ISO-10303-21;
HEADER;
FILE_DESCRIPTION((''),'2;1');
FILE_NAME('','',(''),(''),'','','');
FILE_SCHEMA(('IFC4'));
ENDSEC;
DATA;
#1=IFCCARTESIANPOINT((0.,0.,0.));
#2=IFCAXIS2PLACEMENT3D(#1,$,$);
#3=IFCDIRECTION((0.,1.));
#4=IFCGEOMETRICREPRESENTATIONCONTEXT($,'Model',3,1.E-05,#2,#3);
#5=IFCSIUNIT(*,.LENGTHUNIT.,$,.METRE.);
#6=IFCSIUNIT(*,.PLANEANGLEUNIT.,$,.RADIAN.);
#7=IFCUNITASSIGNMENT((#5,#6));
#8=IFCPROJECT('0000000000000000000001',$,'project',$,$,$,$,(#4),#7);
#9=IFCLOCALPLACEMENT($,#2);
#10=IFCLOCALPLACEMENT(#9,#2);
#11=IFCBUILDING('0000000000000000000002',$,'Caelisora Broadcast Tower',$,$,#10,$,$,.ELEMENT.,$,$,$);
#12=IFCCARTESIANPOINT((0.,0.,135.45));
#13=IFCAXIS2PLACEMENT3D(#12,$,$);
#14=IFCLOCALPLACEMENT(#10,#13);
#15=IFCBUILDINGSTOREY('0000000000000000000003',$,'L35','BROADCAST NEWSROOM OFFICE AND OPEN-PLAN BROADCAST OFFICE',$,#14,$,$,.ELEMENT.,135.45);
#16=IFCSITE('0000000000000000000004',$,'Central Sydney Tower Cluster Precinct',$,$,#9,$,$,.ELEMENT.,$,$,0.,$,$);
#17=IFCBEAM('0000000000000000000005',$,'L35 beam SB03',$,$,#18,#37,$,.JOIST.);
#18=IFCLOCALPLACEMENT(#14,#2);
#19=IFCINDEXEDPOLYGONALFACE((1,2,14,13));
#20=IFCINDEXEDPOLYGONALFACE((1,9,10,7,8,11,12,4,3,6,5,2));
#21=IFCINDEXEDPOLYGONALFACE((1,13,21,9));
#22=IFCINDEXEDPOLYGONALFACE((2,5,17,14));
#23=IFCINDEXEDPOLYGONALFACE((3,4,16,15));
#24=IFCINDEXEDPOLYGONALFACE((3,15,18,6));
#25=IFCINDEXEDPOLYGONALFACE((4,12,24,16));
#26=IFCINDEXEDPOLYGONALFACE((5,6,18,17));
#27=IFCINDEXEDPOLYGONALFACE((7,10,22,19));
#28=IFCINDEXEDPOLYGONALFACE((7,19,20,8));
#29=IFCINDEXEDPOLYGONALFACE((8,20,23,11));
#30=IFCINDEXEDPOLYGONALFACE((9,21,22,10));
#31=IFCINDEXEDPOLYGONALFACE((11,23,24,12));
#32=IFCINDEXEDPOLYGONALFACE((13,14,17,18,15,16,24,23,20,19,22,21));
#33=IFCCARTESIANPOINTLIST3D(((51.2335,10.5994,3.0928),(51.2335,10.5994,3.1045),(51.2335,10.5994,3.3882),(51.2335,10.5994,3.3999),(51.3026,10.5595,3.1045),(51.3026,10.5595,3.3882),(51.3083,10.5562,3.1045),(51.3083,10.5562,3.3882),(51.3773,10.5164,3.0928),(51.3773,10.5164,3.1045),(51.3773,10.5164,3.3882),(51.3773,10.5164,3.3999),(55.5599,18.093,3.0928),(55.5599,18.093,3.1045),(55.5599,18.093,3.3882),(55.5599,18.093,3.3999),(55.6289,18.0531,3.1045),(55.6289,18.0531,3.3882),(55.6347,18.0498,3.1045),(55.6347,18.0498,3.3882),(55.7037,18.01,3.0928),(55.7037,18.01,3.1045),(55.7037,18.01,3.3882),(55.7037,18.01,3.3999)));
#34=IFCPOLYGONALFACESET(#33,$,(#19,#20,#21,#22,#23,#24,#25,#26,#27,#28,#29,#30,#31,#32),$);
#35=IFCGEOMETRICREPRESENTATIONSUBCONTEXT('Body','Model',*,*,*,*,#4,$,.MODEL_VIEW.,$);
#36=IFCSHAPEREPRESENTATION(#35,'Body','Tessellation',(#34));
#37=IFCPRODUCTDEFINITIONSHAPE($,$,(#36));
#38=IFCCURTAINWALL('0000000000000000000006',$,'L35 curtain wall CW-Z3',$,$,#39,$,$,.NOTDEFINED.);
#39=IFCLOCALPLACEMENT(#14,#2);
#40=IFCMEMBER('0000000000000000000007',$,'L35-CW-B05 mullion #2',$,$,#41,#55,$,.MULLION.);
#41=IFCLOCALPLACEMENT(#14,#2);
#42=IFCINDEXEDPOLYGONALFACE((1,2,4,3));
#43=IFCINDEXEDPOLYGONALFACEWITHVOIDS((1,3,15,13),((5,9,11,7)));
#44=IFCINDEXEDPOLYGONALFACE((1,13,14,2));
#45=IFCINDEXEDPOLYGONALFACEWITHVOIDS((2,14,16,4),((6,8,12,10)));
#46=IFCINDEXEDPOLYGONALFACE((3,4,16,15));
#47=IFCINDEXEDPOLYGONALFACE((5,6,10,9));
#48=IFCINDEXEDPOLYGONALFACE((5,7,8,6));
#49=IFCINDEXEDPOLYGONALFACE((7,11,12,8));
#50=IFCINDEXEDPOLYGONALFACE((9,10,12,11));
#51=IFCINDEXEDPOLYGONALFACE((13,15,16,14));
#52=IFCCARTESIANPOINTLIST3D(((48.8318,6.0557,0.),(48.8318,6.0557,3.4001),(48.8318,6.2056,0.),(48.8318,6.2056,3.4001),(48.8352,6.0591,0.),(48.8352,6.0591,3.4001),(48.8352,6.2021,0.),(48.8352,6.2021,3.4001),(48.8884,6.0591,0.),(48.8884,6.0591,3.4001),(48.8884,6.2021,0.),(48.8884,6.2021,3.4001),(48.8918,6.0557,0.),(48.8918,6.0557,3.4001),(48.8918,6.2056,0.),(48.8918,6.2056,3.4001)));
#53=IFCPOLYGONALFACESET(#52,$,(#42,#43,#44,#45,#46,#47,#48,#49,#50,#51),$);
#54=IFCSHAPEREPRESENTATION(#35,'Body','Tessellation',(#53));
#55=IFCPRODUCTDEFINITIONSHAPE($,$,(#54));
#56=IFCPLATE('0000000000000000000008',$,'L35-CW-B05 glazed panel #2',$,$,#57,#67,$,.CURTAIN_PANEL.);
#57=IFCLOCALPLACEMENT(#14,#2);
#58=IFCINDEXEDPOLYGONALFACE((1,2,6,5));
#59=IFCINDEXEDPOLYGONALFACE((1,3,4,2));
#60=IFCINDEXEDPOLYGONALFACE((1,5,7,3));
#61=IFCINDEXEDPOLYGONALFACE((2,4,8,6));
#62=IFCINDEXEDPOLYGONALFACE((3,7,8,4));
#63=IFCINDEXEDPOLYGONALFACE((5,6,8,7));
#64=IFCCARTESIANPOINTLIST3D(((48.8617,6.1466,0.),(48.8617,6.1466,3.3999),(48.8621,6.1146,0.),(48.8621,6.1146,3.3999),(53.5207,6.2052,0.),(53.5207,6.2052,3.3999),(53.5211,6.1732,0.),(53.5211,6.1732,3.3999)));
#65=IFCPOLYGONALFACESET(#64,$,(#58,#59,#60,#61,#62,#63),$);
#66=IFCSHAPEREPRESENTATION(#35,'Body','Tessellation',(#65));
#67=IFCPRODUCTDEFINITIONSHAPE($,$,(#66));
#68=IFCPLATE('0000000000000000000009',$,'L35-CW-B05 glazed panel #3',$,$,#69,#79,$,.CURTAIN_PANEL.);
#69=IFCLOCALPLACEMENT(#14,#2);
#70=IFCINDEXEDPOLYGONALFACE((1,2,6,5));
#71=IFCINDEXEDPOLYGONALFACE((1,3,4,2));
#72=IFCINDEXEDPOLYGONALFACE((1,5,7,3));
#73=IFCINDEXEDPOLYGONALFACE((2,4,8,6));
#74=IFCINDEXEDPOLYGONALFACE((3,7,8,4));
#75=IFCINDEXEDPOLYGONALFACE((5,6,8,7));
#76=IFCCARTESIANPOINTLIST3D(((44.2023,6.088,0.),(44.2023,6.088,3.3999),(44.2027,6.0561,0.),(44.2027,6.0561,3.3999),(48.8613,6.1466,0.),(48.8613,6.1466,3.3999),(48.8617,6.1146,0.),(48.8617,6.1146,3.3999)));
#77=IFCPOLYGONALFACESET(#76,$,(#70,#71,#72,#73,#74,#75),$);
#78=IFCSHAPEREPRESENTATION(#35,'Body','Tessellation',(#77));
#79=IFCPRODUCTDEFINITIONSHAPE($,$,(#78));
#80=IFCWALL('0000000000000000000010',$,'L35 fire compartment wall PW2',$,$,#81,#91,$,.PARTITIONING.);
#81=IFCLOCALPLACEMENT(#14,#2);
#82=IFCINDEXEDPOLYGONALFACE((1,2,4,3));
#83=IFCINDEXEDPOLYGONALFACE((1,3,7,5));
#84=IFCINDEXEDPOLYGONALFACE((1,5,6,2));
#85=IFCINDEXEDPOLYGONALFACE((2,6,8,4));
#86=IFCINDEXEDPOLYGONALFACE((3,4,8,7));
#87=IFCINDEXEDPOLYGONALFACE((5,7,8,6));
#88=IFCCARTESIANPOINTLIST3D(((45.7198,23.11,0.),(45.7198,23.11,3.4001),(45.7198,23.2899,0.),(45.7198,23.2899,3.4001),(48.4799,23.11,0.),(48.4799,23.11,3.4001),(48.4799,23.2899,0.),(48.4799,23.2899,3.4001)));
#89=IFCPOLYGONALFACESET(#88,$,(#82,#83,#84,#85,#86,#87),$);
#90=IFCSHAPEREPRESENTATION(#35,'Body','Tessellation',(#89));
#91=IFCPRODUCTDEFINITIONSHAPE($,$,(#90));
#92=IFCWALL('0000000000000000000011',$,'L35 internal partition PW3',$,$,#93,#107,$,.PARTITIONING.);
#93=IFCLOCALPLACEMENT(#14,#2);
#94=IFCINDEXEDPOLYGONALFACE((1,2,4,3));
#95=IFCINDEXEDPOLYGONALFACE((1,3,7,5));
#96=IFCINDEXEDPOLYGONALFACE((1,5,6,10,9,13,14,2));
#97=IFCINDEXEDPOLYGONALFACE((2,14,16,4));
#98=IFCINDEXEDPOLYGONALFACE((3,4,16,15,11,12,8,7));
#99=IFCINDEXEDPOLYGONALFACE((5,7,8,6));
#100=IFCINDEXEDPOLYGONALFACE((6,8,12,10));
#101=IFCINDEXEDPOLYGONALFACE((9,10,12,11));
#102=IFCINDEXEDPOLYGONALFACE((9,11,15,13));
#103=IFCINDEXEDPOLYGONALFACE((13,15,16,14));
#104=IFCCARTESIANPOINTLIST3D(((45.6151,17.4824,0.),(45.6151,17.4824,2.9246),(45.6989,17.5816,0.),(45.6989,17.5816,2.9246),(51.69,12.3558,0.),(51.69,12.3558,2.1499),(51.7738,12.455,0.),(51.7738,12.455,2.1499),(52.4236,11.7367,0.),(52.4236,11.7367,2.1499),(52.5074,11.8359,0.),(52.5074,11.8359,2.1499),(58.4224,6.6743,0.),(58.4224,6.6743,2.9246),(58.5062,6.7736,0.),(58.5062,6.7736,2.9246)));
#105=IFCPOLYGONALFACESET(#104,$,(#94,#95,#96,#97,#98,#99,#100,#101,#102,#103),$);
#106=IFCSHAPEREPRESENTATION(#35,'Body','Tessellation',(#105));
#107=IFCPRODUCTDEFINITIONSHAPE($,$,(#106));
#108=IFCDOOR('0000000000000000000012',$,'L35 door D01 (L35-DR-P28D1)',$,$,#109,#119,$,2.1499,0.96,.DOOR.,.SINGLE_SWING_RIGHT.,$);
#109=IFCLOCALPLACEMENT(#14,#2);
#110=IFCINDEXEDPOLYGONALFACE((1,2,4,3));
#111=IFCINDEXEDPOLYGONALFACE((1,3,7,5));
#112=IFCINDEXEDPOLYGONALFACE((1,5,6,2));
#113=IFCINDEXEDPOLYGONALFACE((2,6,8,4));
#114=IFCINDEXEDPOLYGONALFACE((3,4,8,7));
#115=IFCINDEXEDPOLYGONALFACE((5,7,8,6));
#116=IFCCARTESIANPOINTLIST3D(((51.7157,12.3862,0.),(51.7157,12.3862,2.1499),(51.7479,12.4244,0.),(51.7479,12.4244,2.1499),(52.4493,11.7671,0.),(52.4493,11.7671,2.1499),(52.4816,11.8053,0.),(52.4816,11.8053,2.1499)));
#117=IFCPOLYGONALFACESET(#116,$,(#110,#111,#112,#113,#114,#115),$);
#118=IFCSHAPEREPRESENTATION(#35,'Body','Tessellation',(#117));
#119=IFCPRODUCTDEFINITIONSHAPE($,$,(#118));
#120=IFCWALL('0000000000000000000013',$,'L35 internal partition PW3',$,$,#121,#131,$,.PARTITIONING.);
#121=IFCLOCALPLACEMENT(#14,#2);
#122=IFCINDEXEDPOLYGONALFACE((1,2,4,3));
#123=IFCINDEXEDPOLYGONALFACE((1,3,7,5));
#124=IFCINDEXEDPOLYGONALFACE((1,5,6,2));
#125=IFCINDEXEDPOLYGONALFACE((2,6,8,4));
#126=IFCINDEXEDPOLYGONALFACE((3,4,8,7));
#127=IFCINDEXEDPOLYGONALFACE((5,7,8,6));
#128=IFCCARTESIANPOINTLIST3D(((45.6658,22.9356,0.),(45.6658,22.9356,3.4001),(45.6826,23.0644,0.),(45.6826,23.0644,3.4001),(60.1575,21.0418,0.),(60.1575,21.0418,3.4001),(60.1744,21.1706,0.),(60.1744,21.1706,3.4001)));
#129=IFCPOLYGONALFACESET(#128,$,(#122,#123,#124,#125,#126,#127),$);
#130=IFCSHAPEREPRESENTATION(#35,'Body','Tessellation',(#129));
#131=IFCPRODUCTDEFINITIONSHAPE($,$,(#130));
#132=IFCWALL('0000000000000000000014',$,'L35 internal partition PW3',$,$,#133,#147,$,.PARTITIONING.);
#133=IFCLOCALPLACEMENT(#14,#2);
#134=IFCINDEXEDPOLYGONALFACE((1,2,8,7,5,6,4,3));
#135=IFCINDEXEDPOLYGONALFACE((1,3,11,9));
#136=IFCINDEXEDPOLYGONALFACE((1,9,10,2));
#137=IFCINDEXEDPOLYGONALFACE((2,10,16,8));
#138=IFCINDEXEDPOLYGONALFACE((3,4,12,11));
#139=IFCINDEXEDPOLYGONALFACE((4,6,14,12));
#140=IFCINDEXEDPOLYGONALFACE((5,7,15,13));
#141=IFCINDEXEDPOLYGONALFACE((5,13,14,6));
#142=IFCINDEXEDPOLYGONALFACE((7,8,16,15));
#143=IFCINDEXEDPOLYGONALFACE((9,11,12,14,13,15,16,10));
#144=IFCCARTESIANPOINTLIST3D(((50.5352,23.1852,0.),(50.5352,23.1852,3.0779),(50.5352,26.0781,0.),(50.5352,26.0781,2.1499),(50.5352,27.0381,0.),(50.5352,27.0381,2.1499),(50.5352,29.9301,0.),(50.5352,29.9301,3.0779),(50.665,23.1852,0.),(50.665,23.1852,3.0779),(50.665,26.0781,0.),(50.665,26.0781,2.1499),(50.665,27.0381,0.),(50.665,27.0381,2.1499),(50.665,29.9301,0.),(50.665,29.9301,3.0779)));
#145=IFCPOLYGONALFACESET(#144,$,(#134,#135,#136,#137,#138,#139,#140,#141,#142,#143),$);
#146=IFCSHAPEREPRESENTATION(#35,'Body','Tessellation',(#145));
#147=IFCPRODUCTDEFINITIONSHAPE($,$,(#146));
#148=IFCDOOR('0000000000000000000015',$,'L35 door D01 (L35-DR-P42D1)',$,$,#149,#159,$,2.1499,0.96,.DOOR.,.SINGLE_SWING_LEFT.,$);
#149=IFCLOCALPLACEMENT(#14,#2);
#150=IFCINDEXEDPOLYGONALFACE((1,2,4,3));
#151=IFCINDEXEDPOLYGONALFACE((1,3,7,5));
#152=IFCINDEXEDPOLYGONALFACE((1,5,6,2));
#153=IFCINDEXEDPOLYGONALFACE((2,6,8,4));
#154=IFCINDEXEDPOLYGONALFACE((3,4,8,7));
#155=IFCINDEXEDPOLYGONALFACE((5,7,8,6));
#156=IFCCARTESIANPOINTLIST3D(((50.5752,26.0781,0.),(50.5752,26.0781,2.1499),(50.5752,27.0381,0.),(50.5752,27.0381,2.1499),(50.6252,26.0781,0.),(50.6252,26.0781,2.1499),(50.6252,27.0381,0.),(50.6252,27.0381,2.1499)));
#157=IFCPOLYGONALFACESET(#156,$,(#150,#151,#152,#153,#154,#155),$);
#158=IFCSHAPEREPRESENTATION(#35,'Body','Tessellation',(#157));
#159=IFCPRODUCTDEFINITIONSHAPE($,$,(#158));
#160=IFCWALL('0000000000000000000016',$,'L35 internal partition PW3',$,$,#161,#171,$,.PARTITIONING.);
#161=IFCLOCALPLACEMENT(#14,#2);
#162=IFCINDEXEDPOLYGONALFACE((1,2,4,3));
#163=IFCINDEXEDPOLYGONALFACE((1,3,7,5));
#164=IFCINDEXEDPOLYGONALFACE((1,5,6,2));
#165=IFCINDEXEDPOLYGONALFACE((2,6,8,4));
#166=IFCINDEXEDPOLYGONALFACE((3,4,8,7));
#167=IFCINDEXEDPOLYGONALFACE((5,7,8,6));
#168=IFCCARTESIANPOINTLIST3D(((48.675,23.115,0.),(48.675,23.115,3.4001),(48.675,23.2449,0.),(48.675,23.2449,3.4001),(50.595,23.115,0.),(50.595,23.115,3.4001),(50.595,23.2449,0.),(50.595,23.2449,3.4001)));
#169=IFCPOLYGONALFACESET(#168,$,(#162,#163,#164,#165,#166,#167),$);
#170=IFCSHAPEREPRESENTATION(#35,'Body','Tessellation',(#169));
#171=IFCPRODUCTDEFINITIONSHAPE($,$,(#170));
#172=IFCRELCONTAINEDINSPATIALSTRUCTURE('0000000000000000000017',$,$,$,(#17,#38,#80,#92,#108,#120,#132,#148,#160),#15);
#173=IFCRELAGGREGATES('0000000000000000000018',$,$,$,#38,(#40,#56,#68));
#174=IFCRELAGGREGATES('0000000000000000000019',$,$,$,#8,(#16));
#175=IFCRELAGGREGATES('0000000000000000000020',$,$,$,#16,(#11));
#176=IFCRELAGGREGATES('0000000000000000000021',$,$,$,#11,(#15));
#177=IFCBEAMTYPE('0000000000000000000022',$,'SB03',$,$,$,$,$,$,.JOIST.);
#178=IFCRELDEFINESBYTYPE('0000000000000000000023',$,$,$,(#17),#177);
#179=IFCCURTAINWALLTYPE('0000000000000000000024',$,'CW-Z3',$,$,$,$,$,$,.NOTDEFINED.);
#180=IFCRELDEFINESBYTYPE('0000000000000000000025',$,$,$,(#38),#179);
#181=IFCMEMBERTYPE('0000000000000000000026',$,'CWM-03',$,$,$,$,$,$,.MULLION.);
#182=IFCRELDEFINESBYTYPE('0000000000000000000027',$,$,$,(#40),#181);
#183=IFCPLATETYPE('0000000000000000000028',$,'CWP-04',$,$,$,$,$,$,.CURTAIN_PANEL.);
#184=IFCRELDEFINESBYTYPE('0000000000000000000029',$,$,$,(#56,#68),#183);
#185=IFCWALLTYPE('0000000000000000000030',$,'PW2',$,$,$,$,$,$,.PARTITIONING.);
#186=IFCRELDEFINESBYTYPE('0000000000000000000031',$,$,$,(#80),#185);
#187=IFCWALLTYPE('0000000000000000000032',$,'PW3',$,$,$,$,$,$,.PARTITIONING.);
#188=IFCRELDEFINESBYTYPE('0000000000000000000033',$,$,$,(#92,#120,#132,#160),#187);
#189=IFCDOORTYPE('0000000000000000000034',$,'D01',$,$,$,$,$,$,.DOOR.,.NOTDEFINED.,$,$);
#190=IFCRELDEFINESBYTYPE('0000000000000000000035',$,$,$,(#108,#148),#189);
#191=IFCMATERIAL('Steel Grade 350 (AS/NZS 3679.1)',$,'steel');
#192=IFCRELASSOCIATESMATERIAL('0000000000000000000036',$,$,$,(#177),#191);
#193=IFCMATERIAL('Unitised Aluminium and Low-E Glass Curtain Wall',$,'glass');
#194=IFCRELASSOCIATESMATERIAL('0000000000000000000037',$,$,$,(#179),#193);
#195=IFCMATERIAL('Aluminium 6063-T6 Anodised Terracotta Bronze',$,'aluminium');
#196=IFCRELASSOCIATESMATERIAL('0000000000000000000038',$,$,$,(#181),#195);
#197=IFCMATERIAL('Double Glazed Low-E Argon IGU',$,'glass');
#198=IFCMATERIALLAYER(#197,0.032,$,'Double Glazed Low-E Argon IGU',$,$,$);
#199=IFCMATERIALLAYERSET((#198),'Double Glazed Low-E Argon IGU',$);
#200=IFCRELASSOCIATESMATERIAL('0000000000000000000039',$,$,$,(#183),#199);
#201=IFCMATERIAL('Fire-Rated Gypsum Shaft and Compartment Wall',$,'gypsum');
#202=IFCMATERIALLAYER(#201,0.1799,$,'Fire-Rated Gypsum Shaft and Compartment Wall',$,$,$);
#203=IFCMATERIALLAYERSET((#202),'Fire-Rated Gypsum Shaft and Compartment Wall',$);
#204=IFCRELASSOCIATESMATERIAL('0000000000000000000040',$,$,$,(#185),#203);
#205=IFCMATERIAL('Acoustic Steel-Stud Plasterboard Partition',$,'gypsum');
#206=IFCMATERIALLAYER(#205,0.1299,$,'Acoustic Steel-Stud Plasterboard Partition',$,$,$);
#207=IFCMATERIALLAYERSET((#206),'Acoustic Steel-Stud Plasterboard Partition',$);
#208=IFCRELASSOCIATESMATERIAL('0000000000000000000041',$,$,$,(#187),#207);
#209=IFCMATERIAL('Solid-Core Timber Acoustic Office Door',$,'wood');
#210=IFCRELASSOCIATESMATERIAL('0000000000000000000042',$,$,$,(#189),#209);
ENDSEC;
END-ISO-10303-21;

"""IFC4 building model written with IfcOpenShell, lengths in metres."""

from ifc_helpers import new_model, si_unit, direction, frame, frame_2d, origin, origin_2d, place, context, subcontext, project, spatial, rectangle, hollow_rectangle, i_section, extrude, source, transform, mapped, material, layer, layer_set, material_profile, profile_set, type_object, type_shapes, element, fill, aggregate, save


model = new_model("IFC4")

# Units and contexts
model_context = context("Model", 3, precision=1e-05, world=origin(), true_north=direction((0.0, 1.0)))
body_context = subcontext(model_context, "Body", "Model", "MODEL_VIEW")
ifc_project = project(units=[si_unit("LENGTHUNIT", "METRE"), si_unit("PLANEANGLEUNIT", "RADIAN")], contexts=[model_context])

# Site, building, storey
site_placement = place(None, origin())
site = spatial("IfcSite", under=ifc_project, at=site_placement, Name="Central Sydney Tower Cluster Precinct", CompositionType="ELEMENT", RefElevation=0.0)
building_placement = place(site_placement, origin())
building = spatial("IfcBuilding", under=site, at=building_placement, Name="Caelisora Broadcast Tower", CompositionType="ELEMENT")
storey_placement = place(building_placement, frame((0.0, 0.0, 135.45)))
storey = spatial("IfcBuildingStorey", under=building, at=storey_placement, Name="L35", Description="BROADCAST NEWSROOM OFFICE AND OPEN-PLAN BROADCAST OFFICE", CompositionType="ELEMENT", Elevation=135.45)

# Beam
ifc_material_1 = material(Name="Steel Grade 350 (AS/NZS 3679.1)", Category="steel")
ifc_material_profile_1 = material_profile(ifc_material_1, i_section(OverallWidth=0.166, OverallDepth=0.3071, WebThickness=0.0066, FlangeThickness=0.0117, at=origin_2d()), Name="Steel Grade 350 (AS/NZS 3679.1)")
ifc_profile_set_1 = profile_set([ifc_material_profile_1], Name="Steel Grade 350 (AS/NZS 3679.1)")
beam_type_1 = type_object("IfcBeamType", Name="SB03", PredefinedType="JOIST", material=ifc_profile_set_1)
shared_shape_1 = source(origin(), body_context, "Body", "SweptSolid", [
    extrude(i_section(OverallWidth=0.166, OverallDepth=0.3071, WebThickness=0.0066, FlangeThickness=0.0117, at=origin_2d()), origin(), (0.0, 0.0, 1.0), 8.6528),
])
beam_1_placement = place(storey_placement, frame((51.3054, 10.5579, 3.2463), z_axis=(0.499996, 0.866028, 0.0), x_axis=(-0.866028, 0.499996, 0.0)))
element("IfcBeam", 1, at=beam_1_placement, inside=storey, type_object=beam_type_1, Name="L35 beam SB03", PredefinedType="JOIST", context=body_context, shape_type="MappedRepresentation", body=[
    mapped(shared_shape_1, transform((0.0, 0.0, 0.0), scale=1.0)),
])

# Curtain wall, member, plates
ifc_material_2 = material(Name="Unitised Aluminium and Low-E Glass Curtain Wall", Category="glass")
curtain_wall_type = type_object("IfcCurtainWallType", Name="CW-Z3", PredefinedType="NOTDEFINED", material=ifc_material_2)
curtain_wall_placement = place(storey_placement, origin())
curtain_wall = element("IfcCurtainWall", 2, at=curtain_wall_placement, inside=storey, type_object=curtain_wall_type, Name="L35 curtain wall CW-Z3", PredefinedType="NOTDEFINED")
ifc_material_3 = material(Name="Aluminium 6063-T6 Anodised Terracotta Bronze", Category="aluminium")
ifc_material_profile_2 = material_profile(ifc_material_3, hollow_rectangle(XDim=0.0601, YDim=0.1499, WallThickness=0.0034, at=origin_2d()), Name="Aluminium 6063-T6 Anodised Terracotta Bronze")
ifc_profile_set_2 = profile_set([ifc_material_profile_2], Name="Aluminium 6063-T6 Anodised Terracotta Bronze")
member_type = type_object("IfcMemberType", Name="CWM-03", PredefinedType="MULLION", material=ifc_profile_set_2)
shared_shape_2 = source(origin(), body_context, "Body", "SweptSolid", [
    extrude(hollow_rectangle(XDim=0.0601, YDim=0.1499, WallThickness=0.0034, at=origin_2d()), origin(), (0.0, 0.0, 1.0), 3.4001),
])
type_shapes(member_type, [shared_shape_2])
member_placement = place(storey_placement, frame((48.8618, 6.1306, 0.0), z_axis=(0.0, 0.0, 1.0), x_axis=(1.0, 0.0, 0.0)))
member = element("IfcMember", 3, at=member_placement, type_object=member_type, Name="L35-CW-B05 mullion #2", PredefinedType="MULLION", context=body_context, shape_type="MappedRepresentation", body=[
    mapped(shared_shape_2, transform((0.0, 0.0, 0.0), scale=1.0)),
])
ifc_material_4 = material(Name="Double Glazed Low-E Argon IGU", Category="glass")
ifc_layer_1 = layer(ifc_material_4, 0.032, Name="Double Glazed Low-E Argon IGU")
ifc_layer_set_1 = layer_set([ifc_layer_1], Name="Double Glazed Low-E Argon IGU")
plate_type = type_object("IfcPlateType", Name="CWP-04", PredefinedType="CURTAIN_PANEL", material=ifc_layer_set_1)
shared_shape_3 = source(origin(), body_context, "Body", "SweptSolid", [
    extrude(rectangle(XDim=4.6594, YDim=0.032, at=origin_2d()), origin(), (0.0, 0.0, 1.0), 3.3999),
])
type_shapes(plate_type, [shared_shape_3])
plate_1_placement = place(storey_placement, frame((51.1914, 6.1599, 0.0), z_axis=(0.0, 0.0, 1.0), x_axis=(-0.999921, -0.012566, 0.0)))
plate_1 = element("IfcPlate", 4, at=plate_1_placement, type_object=plate_type, Name="L35-CW-B05 glazed panel #2", PredefinedType="CURTAIN_PANEL", context=body_context, shape_type="MappedRepresentation", body=[
    mapped(shared_shape_3, transform((0.0, 0.0, 0.0), scale=1.0)),
])
plate_2_placement = place(storey_placement, frame((46.532, 6.1013, 0.0), z_axis=(0.0, 0.0, 1.0), x_axis=(-0.999921, -0.012566, 0.0)))
plate_2 = element("IfcPlate", 5, at=plate_2_placement, type_object=plate_type, Name="L35-CW-B05 glazed panel #3", PredefinedType="CURTAIN_PANEL", context=body_context, shape_type="MappedRepresentation", body=[
    mapped(shared_shape_3, transform((0.0, 0.0, 0.0), scale=1.0)),
])
aggregate(curtain_wall, [member, plate_1, plate_2])

# Wall
ifc_material_5 = material(Name="Fire-Rated Gypsum Shaft and Compartment Wall", Category="gypsum")
ifc_layer_2 = layer(ifc_material_5, 0.1799, Name="Fire-Rated Gypsum Shaft and Compartment Wall")
ifc_layer_set_2 = layer_set([ifc_layer_2], Name="Fire-Rated Gypsum Shaft and Compartment Wall")
wall_type_1 = type_object("IfcWallType", Name="PW2", PredefinedType="PARTITIONING", material=ifc_layer_set_2)
wall_1_placement = place(storey_placement, frame((45.72, 23.2, 0.0), z_axis=(0.0, 0.0, 1.0), x_axis=(1.0, 0.0, 0.0)))
element("IfcWall", 6, at=wall_1_placement, inside=storey, type_object=wall_type_1, Name="L35 fire compartment wall PW2", PredefinedType="PARTITIONING", context=body_context, shape_type="SweptSolid", body=[
    extrude(rectangle(XDim=2.76, YDim=0.1799, at=frame_2d((1.3799, 0.0))), origin(), (0.0, 0.0, 1.0), 3.4001),
])

# Wall, opening, door
ifc_material_6 = material(Name="Acoustic Steel-Stud Plasterboard Partition", Category="gypsum")
ifc_layer_3 = layer(ifc_material_6, 0.1299, Name="Acoustic Steel-Stud Plasterboard Partition")
ifc_layer_set_3 = layer_set([ifc_layer_3], Name="Acoustic Steel-Stud Plasterboard Partition")
wall_type_2 = type_object("IfcWallType", Name="PW3", PredefinedType="PARTITIONING", material=ifc_layer_set_3)
wall_2_placement = place(storey_placement, frame((45.657, 17.532, 0.0), z_axis=(0.0, 0.0, 1.0), x_axis=(0.764236, -0.644937, 0.0)))
wall_2 = element("IfcWall", 7, at=wall_2_placement, inside=storey, type_object=wall_type_2, Name="L35 internal partition PW3", PredefinedType="PARTITIONING", context=body_context, shape_type="SweptSolid", body=[
    extrude(rectangle(XDim=16.7583, YDim=0.1299, at=frame_2d((8.3792, 0.0))), origin(), (0.0, 0.0, 1.0), 2.9246),
])
opening_1_placement = place(wall_2_placement, frame((7.949, 0.0, 0.0)))
opening_1 = element("IfcOpeningElement", 8, at=opening_1_placement, cuts=wall_2, PredefinedType="OPENING", context=body_context, shape_type="SweptSolid", body=[
    extrude(rectangle(XDim=0.96, YDim=2.1499, at=frame_2d((0.48, 1.075))), frame((0.0, 0.0769, 0.0), z_axis=(0.0, -1.0, 0.0), x_axis=(1.0, 0.0, 0.0)), (0.0, 0.0, 1.0), 0.1538),
])
ifc_material_7 = material(Name="Solid-Core Timber Acoustic Office Door", Category="wood")
door_type_1 = type_object("IfcDoorType", Name="D01", OperationType="NOTDEFINED", PredefinedType="DOOR", material=ifc_material_7)
door_1_placement = place(opening_1_placement, origin())
door_1 = element("IfcDoor", 9, at=door_1_placement, inside=storey, type_object=door_type_1, Name="L35 door D01 (L35-DR-P28D1)", OperationType="SINGLE_SWING_RIGHT", OverallHeight=2.1499, OverallWidth=0.96, PredefinedType="DOOR", context=body_context, shape_type="SweptSolid", body=[
    extrude(rectangle(XDim=0.96, YDim=2.1499, at=frame_2d((0.48, 1.075))), frame((0.0, 0.0249, 0.0), z_axis=(0.0, -1.0, 0.0), x_axis=(1.0, 0.0, 0.0)), (0.0, 0.0, 1.0), 0.05),
])
fill(opening_1, door_1)

# Wall
wall_3_placement = place(storey_placement, frame((45.6741, 23.0, 0.0), z_axis=(0.0, 0.0, 1.0), x_axis=(0.991569, -0.12958, 0.0)))
element("IfcWall", 10, at=wall_3_placement, inside=storey, type_object=wall_type_2, Name="L35 internal partition PW3", PredefinedType="PARTITIONING", context=body_context, shape_type="SweptSolid", body=[
    extrude(rectangle(XDim=14.615, YDim=0.1299, at=frame_2d((7.3076, 0.0))), origin(), (0.0, 0.0, 1.0), 3.4001),
])

# Wall, opening, door
wall_4_placement = place(storey_placement, frame((50.6001, 23.1851, 0.0), z_axis=(0.0, 0.0, 1.0), x_axis=(0.0, 1.0, 0.0)))
wall_4 = element("IfcWall", 11, at=wall_4_placement, inside=storey, type_object=wall_type_2, Name="L35 internal partition PW3", PredefinedType="PARTITIONING", context=body_context, shape_type="SweptSolid", body=[
    extrude(rectangle(XDim=6.7449, YDim=0.1299, at=frame_2d((3.3726, 0.0))), origin(), (0.0, 0.0, 1.0), 3.0779),
])
opening_2_placement = place(wall_4_placement, frame((2.8931, 0.0, 0.0)))
opening_2 = element("IfcOpeningElement", 12, at=opening_2_placement, cuts=wall_4, PredefinedType="OPENING", context=body_context, shape_type="SweptSolid", body=[
    extrude(rectangle(XDim=0.96, YDim=2.1499, at=frame_2d((0.48, 1.075))), frame((0.0, 0.0769, 0.0), z_axis=(0.0, -1.0, 0.0), x_axis=(1.0, 0.0, 0.0)), (0.0, 0.0, 1.0), 0.1538),
])
door_2_placement = place(opening_2_placement, origin())
door_2 = element("IfcDoor", 13, at=door_2_placement, inside=storey, type_object=door_type_1, Name="L35 door D01 (L35-DR-P42D1)", OperationType="SINGLE_SWING_LEFT", OverallHeight=2.1499, OverallWidth=0.96, PredefinedType="DOOR", context=body_context, shape_type="SweptSolid", body=[
    extrude(rectangle(XDim=0.96, YDim=2.1499, at=frame_2d((0.48, 1.075))), frame((0.0, 0.0249, 0.0), z_axis=(0.0, -1.0, 0.0), x_axis=(1.0, 0.0, 0.0)), (0.0, 0.0, 1.0), 0.05),
])
fill(opening_2, door_2)

# Wall
wall_5_placement = place(storey_placement, frame((48.675, 23.1799, 0.0), z_axis=(0.0, 0.0, 1.0), x_axis=(1.0, 0.0, 0.0)))
element("IfcWall", 14, at=wall_5_placement, inside=storey, type_object=wall_type_2, Name="L35 internal partition PW3", PredefinedType="PARTITIONING", context=body_context, shape_type="SweptSolid", body=[
    extrude(rectangle(XDim=1.9199, YDim=0.1299, at=frame_2d((0.96, 0.0))), origin(), (0.0, 0.0, 1.0), 3.4001),
])

save(model, "model.ifc")
